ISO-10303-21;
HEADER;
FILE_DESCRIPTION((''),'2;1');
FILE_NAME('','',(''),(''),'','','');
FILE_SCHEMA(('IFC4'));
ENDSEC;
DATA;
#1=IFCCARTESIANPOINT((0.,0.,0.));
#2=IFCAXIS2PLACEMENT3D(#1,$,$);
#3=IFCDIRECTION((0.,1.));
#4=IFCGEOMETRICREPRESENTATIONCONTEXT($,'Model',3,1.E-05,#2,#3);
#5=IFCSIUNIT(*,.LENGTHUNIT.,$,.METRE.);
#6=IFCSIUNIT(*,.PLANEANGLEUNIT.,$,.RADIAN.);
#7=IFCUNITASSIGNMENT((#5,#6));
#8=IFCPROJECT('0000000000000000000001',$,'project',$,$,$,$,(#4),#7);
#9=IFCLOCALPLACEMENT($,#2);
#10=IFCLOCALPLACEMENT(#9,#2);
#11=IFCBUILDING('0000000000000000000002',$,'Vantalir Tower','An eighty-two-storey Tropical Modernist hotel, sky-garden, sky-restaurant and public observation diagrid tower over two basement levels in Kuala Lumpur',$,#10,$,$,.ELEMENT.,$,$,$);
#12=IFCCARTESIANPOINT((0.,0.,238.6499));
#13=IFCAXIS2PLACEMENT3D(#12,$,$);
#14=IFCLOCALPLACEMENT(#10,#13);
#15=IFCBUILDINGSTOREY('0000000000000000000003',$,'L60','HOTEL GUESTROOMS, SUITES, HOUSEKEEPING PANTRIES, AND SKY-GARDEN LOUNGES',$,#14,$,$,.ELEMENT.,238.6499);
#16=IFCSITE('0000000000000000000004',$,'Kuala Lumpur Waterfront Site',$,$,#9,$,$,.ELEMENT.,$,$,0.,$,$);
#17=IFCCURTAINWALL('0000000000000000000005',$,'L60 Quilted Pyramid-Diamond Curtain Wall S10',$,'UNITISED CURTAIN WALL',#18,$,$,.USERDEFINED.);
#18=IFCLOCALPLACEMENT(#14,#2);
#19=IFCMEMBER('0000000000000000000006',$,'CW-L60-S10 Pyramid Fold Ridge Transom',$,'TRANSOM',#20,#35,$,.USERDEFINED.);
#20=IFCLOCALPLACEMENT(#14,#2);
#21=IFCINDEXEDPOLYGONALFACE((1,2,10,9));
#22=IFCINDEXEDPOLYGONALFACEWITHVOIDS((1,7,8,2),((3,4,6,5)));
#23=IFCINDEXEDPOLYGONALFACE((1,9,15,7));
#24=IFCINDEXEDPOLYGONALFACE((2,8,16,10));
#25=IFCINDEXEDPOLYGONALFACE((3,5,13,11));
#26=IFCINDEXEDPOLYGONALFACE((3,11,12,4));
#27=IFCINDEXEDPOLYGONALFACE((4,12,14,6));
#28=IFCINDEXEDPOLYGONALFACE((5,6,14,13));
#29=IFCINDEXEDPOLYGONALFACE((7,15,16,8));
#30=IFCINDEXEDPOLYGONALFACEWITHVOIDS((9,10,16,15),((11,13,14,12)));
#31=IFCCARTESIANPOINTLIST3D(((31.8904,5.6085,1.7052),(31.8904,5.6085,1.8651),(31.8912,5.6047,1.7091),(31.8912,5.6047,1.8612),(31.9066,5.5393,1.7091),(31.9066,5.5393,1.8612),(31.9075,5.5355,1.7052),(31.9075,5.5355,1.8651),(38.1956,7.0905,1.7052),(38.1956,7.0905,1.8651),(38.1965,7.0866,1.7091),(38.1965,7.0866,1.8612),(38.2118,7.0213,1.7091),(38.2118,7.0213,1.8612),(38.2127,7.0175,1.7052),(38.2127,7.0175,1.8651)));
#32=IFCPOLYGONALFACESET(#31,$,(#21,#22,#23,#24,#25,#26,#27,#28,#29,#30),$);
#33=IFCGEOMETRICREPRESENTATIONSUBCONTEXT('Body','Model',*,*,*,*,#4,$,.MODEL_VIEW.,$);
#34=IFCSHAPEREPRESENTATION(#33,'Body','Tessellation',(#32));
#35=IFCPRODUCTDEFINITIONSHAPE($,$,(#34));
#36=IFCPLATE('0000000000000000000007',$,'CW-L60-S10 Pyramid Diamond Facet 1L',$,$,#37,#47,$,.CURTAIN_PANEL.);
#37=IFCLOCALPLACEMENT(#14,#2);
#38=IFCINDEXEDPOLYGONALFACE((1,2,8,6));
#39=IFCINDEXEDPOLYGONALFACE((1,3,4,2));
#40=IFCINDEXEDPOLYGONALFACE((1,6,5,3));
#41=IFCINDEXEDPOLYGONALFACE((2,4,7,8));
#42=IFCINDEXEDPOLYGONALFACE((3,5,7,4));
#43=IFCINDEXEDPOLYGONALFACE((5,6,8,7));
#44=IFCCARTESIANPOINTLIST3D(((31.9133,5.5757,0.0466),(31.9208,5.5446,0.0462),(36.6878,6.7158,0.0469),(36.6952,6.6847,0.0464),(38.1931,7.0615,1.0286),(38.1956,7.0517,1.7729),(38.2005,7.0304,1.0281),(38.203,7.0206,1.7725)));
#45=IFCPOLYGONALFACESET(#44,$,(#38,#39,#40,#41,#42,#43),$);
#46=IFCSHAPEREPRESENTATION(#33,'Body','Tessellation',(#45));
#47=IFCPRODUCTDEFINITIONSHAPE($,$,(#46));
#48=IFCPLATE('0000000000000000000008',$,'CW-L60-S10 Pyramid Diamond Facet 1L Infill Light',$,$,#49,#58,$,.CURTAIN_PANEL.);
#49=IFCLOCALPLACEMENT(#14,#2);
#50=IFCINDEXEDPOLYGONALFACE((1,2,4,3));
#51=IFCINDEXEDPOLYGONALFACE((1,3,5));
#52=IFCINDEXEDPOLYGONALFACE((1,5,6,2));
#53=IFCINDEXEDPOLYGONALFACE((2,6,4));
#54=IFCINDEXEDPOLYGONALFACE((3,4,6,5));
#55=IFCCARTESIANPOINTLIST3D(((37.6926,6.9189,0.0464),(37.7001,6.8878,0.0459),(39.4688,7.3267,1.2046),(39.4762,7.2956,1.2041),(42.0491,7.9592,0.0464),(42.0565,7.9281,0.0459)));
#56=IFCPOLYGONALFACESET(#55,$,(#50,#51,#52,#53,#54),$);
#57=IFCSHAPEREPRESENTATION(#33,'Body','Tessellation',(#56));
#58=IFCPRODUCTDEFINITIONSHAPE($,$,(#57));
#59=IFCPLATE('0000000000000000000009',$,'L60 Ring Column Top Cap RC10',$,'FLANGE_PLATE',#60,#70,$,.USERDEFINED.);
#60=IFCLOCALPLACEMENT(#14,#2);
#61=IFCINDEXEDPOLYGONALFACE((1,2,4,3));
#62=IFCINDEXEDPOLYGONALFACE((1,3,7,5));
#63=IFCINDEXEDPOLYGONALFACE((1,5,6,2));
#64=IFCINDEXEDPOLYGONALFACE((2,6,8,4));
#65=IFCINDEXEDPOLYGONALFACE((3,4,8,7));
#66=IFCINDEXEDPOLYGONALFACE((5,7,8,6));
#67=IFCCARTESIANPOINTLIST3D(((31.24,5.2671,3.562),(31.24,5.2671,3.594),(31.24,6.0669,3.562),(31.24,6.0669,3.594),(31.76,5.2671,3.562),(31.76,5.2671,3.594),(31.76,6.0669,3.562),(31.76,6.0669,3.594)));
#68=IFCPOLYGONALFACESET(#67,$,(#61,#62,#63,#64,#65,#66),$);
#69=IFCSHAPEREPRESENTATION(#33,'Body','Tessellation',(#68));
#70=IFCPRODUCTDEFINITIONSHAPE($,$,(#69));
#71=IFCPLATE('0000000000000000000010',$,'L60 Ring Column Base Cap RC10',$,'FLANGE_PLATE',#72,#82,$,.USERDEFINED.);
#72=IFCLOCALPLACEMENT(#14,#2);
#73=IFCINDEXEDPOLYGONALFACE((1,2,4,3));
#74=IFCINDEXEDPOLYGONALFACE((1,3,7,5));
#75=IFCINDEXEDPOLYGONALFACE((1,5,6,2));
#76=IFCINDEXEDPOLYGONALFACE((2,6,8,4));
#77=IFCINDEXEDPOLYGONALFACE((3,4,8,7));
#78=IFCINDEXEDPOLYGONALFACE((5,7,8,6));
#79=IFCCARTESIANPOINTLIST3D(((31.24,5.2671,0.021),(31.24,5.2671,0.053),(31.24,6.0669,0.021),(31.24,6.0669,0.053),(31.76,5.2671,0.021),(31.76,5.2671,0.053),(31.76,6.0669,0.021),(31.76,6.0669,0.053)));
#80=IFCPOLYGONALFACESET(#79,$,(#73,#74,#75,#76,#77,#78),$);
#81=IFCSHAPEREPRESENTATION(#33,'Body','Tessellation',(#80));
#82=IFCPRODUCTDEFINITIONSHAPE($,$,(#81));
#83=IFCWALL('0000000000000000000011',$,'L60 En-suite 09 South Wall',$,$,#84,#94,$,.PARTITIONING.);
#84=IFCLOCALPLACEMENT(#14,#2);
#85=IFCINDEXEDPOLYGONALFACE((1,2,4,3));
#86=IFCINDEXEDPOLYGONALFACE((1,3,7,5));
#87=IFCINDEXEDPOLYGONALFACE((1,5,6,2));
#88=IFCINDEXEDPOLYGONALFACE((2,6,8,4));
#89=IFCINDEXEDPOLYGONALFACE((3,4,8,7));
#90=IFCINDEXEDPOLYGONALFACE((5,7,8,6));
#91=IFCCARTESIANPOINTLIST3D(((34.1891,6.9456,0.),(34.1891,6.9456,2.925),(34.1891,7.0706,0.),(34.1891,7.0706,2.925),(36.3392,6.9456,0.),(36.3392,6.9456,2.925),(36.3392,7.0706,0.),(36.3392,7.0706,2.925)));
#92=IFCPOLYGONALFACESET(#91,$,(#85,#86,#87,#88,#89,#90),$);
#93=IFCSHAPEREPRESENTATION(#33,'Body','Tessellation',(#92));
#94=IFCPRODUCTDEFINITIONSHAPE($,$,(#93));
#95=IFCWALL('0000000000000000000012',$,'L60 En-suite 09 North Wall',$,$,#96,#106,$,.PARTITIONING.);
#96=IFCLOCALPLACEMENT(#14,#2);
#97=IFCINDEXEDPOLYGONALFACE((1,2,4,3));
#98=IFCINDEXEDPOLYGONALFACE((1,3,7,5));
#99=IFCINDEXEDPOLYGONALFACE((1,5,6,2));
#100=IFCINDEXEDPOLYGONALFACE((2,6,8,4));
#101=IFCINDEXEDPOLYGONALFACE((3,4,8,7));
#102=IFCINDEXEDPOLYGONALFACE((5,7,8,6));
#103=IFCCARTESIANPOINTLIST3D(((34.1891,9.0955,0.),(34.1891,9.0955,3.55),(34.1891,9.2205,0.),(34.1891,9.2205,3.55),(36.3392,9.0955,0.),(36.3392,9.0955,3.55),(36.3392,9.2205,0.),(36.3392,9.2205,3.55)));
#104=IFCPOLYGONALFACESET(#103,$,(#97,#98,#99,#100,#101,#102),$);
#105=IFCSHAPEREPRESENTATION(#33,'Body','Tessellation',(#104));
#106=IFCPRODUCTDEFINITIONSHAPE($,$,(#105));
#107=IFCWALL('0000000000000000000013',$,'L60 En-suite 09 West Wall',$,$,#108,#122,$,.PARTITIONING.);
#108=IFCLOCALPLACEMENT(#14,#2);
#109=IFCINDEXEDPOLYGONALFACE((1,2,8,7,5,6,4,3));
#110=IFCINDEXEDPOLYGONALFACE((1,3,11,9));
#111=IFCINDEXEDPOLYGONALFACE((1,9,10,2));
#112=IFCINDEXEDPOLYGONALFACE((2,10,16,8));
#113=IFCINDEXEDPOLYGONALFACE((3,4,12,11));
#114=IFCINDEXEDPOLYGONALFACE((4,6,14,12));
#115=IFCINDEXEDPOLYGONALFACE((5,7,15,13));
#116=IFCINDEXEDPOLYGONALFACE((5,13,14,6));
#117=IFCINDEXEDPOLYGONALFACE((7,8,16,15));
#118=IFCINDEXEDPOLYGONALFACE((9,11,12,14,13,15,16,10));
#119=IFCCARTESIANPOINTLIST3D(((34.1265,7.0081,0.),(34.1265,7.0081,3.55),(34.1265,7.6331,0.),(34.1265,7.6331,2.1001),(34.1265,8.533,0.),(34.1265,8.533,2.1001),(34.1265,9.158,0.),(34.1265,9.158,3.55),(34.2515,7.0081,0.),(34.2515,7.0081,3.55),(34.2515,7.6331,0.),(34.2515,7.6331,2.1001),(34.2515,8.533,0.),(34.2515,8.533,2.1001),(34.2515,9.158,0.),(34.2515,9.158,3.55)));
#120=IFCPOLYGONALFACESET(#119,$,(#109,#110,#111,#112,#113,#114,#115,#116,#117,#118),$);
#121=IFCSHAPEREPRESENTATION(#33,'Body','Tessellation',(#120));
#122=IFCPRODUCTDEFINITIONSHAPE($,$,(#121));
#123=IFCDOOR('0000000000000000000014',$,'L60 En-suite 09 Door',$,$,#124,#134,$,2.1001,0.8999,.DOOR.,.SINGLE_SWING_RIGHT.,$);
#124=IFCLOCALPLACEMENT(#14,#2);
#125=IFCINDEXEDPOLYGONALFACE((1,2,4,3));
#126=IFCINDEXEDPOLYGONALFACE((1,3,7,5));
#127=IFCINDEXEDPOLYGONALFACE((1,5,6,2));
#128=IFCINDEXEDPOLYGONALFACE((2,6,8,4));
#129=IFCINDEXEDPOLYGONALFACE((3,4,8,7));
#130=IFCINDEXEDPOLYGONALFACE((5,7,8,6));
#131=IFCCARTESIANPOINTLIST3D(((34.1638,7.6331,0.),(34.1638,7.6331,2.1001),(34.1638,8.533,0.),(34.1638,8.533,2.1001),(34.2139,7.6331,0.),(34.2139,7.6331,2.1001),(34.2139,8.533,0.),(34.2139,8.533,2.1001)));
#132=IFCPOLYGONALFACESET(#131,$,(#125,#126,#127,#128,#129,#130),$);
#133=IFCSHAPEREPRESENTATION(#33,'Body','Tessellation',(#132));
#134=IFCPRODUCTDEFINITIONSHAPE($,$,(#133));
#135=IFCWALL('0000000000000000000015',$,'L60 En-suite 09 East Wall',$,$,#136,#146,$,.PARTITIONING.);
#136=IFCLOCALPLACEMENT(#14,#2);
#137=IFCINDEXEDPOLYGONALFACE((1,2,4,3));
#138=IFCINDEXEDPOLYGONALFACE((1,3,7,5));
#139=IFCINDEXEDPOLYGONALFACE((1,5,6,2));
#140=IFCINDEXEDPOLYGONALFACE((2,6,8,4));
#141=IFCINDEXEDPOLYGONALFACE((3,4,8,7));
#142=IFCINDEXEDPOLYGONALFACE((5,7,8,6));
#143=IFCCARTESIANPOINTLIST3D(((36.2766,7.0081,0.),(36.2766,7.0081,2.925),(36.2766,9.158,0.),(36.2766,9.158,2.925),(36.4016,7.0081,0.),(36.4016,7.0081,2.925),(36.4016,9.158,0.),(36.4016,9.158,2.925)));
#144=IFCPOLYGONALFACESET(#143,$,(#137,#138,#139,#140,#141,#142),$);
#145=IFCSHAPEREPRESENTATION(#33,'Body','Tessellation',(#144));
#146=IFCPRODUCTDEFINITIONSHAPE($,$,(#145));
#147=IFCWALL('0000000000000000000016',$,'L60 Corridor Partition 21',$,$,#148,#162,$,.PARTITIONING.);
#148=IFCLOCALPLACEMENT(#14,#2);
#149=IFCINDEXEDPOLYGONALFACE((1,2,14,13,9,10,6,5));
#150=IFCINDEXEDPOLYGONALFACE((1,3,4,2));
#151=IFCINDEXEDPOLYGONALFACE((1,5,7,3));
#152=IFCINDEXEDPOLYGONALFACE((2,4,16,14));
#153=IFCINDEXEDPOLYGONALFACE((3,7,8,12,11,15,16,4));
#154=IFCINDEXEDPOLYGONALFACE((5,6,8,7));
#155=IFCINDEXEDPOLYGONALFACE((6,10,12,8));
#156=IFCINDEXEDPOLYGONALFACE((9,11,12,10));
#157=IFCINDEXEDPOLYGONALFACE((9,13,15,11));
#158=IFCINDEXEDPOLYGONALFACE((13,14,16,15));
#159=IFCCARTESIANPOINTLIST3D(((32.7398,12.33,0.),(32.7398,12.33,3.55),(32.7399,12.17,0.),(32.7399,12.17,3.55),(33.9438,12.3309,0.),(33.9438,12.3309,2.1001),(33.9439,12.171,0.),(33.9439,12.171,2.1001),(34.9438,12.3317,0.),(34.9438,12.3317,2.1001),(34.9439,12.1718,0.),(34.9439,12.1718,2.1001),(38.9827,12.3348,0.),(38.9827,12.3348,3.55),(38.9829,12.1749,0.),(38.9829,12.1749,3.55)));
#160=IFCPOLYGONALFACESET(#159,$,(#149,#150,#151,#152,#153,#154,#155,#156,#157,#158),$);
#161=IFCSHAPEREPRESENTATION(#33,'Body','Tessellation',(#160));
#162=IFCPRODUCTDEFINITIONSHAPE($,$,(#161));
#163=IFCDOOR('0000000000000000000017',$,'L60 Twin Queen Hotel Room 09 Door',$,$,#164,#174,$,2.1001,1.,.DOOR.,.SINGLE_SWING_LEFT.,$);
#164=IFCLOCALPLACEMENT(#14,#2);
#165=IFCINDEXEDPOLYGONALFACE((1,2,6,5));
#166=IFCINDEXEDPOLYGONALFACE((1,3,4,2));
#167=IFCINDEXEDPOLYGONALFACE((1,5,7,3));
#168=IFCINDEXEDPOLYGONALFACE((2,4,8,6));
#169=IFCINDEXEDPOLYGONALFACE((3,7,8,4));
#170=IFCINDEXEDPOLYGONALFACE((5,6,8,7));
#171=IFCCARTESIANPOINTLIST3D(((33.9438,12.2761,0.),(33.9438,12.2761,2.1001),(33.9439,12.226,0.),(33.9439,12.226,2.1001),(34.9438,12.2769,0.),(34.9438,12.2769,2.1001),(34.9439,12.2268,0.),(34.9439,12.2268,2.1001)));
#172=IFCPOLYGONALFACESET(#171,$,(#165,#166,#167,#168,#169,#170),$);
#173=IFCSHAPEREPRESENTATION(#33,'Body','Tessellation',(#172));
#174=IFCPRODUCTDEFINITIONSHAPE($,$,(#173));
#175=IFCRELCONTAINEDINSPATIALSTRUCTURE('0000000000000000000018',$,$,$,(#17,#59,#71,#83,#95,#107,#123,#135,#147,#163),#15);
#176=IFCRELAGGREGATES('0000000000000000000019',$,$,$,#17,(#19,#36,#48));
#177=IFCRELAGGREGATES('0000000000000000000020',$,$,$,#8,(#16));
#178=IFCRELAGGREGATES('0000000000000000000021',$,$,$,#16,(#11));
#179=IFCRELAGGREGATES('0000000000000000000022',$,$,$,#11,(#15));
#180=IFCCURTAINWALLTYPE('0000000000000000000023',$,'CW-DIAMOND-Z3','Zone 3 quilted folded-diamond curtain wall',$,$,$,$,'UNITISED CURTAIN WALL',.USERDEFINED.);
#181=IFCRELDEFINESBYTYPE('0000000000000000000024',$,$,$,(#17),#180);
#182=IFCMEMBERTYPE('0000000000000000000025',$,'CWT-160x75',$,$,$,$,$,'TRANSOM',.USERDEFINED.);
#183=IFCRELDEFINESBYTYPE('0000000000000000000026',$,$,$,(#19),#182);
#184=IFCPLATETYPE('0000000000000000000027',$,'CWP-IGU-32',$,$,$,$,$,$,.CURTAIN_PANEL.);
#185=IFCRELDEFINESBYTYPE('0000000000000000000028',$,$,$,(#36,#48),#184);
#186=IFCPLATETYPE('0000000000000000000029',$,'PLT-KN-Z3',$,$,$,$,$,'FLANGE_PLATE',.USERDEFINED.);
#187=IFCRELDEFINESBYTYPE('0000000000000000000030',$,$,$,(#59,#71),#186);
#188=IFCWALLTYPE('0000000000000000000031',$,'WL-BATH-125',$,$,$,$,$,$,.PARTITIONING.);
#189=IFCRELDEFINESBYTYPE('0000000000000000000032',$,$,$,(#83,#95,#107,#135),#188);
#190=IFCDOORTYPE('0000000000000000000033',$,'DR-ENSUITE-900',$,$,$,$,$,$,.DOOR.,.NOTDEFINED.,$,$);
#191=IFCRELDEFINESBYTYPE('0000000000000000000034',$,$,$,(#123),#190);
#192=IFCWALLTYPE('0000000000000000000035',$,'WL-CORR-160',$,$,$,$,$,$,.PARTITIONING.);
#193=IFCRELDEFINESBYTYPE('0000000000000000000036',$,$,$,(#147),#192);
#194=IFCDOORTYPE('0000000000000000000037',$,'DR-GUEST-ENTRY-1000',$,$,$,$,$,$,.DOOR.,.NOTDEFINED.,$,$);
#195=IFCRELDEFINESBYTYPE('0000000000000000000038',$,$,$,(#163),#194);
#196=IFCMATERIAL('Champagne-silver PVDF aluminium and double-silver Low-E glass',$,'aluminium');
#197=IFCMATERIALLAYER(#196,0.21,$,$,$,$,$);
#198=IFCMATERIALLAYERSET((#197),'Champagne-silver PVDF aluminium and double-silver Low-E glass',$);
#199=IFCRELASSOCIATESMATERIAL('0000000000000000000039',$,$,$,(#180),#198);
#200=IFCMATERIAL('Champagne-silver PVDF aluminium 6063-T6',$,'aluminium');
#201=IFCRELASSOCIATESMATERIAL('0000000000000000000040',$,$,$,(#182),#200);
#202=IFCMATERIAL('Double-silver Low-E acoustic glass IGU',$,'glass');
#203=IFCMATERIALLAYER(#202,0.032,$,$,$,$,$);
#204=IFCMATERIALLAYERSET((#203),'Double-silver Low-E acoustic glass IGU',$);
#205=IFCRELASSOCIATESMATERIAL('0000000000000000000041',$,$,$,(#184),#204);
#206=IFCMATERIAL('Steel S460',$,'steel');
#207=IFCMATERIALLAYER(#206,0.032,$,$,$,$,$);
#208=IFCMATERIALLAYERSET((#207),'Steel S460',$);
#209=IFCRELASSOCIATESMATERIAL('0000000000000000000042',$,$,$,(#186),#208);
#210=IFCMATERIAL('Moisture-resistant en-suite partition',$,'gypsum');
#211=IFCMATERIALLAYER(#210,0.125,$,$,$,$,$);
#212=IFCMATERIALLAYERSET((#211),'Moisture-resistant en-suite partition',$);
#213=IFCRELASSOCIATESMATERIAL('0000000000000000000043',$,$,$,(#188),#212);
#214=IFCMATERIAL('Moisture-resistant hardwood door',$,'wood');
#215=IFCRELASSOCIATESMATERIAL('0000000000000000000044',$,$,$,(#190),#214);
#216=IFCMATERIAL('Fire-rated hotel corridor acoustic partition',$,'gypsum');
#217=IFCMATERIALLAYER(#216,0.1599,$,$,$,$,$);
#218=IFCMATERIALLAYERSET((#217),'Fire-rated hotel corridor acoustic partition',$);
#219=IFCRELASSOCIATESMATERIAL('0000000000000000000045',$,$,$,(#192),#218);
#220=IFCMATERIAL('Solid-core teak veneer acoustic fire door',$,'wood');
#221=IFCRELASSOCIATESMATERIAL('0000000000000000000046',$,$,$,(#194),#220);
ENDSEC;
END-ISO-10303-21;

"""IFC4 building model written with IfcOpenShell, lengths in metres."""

from ifc_helpers import new_model, si_unit, direction, frame, frame_2d, origin, origin_2d, place, context, subcontext, project, spatial, polyline, rectangle, hollow_rectangle, outline, extrude, material, layer, layer_set, material_profile, profile_set, type_object, element, fill, aggregate, save


model = new_model("IFC4")

# Units and contexts
model_context = context("Model", 3, precision=1e-05, world=origin(), true_north=direction((0.0, 1.0)))
body_context = subcontext(model_context, "Body", "Model", "MODEL_VIEW")
ifc_project = project(units=[si_unit("LENGTHUNIT", "METRE"), si_unit("PLANEANGLEUNIT", "RADIAN")], contexts=[model_context])

# Site, building, storey
site_placement = place(None, origin())
site = spatial("IfcSite", under=ifc_project, at=site_placement, Name="Kuala Lumpur Waterfront Site", CompositionType="ELEMENT", RefElevation=0.0)
building_placement = place(site_placement, origin())
building = spatial("IfcBuilding", under=site, at=building_placement, Name="Vantalir Tower", Description="An eighty-two-storey Tropical Modernist hotel, sky-garden, sky-restaurant and public observation diagrid tower over two basement levels in Kuala Lumpur", CompositionType="ELEMENT")
storey_placement = place(building_placement, frame((0.0, 0.0, 238.6499)))
storey = spatial("IfcBuildingStorey", under=building, at=storey_placement, Name="L60", Description="HOTEL GUESTROOMS, SUITES, HOUSEKEEPING PANTRIES, AND SKY-GARDEN LOUNGES", CompositionType="ELEMENT", Elevation=238.6499)

# Shared definitions
ifc_material_1 = material(Name="Steel S460", Category="steel")

# Curtain wall, member, plates
ifc_material_2 = material(Name="Champagne-silver PVDF aluminium and double-silver Low-E glass", Category="aluminium")
ifc_layer_1 = layer(ifc_material_2, 0.21)
ifc_layer_set_1 = layer_set([ifc_layer_1], Name="Champagne-silver PVDF aluminium and double-silver Low-E glass")
curtain_wall_type = type_object("IfcCurtainWallType", Name="CW-DIAMOND-Z3", Description="Zone 3 quilted folded-diamond curtain wall", ElementType="UNITISED CURTAIN WALL", PredefinedType="USERDEFINED", material=ifc_layer_set_1)
curtain_wall_placement = place(storey_placement, origin())
curtain_wall = element("IfcCurtainWall", 1, at=curtain_wall_placement, inside=storey, type_object=curtain_wall_type, Name="L60 Quilted Pyramid-Diamond Curtain Wall S10", ObjectType="UNITISED CURTAIN WALL", PredefinedType="USERDEFINED")
ifc_material_3 = material(Name="Champagne-silver PVDF aluminium 6063-T6", Category="aluminium")
ifc_material_profile_1 = material_profile(ifc_material_3, hollow_rectangle(XDim=0.075, YDim=0.1599, WallThickness=0.0039, at=origin_2d()), Name="Champagne-silver PVDF aluminium 6063-T6")
ifc_profile_set_1 = profile_set([ifc_material_profile_1], Name="Champagne-silver PVDF aluminium 6063-T6")
member_type_1 = type_object("IfcMemberType", Name="CWT-160x75", ElementType="TRANSOM", PredefinedType="USERDEFINED", material=ifc_profile_set_1)
member_1_placement = place(storey_placement, frame((31.8989, 5.572, 1.7852), z_axis=(0.973473, 0.2288, 0.0), x_axis=(-0.2288, 0.973473, 0.0)))
member_1 = element("IfcMember", 2, at=member_1_placement, type_object=member_type_1, Name="CW-L60-S10 Pyramid Fold Ridge Transom", ObjectType="TRANSOM", PredefinedType="USERDEFINED", context=body_context, shape_type="SweptSolid", body=[
    extrude(hollow_rectangle(XDim=0.075, YDim=0.1599, WallThickness=0.0039, at=origin_2d()), origin(), (0.0, 0.0, 1.0), 6.4771),
])
ifc_material_4 = material(Name="Double-silver Low-E acoustic glass IGU", Category="glass")
ifc_layer_2 = layer(ifc_material_4, 0.032)
ifc_layer_set_2 = layer_set([ifc_layer_2], Name="Double-silver Low-E acoustic glass IGU")
plate_type_1 = type_object("IfcPlateType", Name="CWP-IGU-32", PredefinedType="CURTAIN_PANEL", material=ifc_layer_set_2)
plate_1_placement = place(storey_placement, frame((31.9133, 5.5757, 0.0466), z_axis=(-0.23224, 0.972564, 0.013588), x_axis=(0.972654, 0.232261, 0.00005)))
plate_1 = element("IfcPlate", 3, at=plate_1_placement, type_object=plate_type_1, Name="CW-L60-S10 Pyramid Diamond Facet 1L", PredefinedType="CURTAIN_PANEL", context=body_context, shape_type="SweptSolid", body=[
    extrude(outline(polyline([(0.0, 0.0), (4.9087, 0.0), (6.4532, -0.9817), (6.4533, -1.7262), (0.0, 0.0)])), origin(), (0.0, 0.0, -1.0), 0.032),
])
plate_2_placement = place(storey_placement, frame((37.6926, 6.9189, 0.0464), z_axis=(-0.23224, 0.972561, 0.013779), x_axis=(0.972653, 0.232262, 0.0)))
plate_2 = element("IfcPlate", 4, at=plate_2_placement, type_object=plate_type_1, Name="CW-L60-S10 Pyramid Diamond Facet 1L Infill Light", PredefinedType="CURTAIN_PANEL", context=body_context, shape_type="SweptSolid", body=[
    extrude(outline(polyline([(0.0, 0.0), (4.4789, 0.0), (1.8222, -1.1583), (0.0, 0.0)])), origin(), (0.0, 0.0, -1.0), 0.032),
])
aggregate(curtain_wall, [member_1, plate_1, plate_2])

# Plates
ifc_layer_3 = layer(ifc_material_1, 0.032)
ifc_layer_set_3 = layer_set([ifc_layer_3], Name="Steel S460")
plate_type_2 = type_object("IfcPlateType", Name="PLT-KN-Z3", ElementType="FLANGE_PLATE", PredefinedType="USERDEFINED", material=ifc_layer_set_3)
for number, where, z_axis, x_axis, name in (
    (5, (31.24, 6.0669, 3.594), (0.0, 0.0, 1.0), (0.0, -1.0, 0.0), "L60 Ring Column Top Cap RC10"),
    (6, (31.24, 6.0669, 0.053), (0.0, 0.0, 1.0), (0.0, -1.0, 0.0), "L60 Ring Column Base Cap RC10"),
):
    element("IfcPlate", number, at=place(storey_placement, frame(where, z_axis=z_axis, x_axis=x_axis)), inside=storey, type_object=plate_type_2, Name=name, ObjectType="FLANGE_PLATE", PredefinedType="USERDEFINED", context=body_context, shape_type="SweptSolid", body=[
        extrude(outline(polyline([(0.0, 0.0), (0.7998, 0.0), (0.7998, 0.52), (0.0, 0.52), (0.0, 0.0)])), origin(), (0.0, 0.0, -1.0), 0.032),
    ])

# Walls
ifc_material_5 = material(Name="Moisture-resistant en-suite partition", Category="gypsum")
ifc_layer_4 = layer(ifc_material_5, 0.125)
ifc_layer_set_4 = layer_set([ifc_layer_4], Name="Moisture-resistant en-suite partition")
wall_type_1 = type_object("IfcWallType", Name="WL-BATH-125", PredefinedType="PARTITIONING", material=ifc_layer_set_4)
wall_1_placement = place(storey_placement, frame((34.189, 7.0081, 0.0), z_axis=(0.0, 0.0, 1.0), x_axis=(1.0, 0.0, 0.0)))
element("IfcWall", 7, at=wall_1_placement, inside=storey, type_object=wall_type_1, Name="L60 En-suite 09 South Wall", PredefinedType="PARTITIONING", context=body_context, shape_type="SweptSolid", body=[
    extrude(rectangle(XDim=2.1501, YDim=0.125, at=frame_2d((1.0752, 0.0))), origin(), (0.0, 0.0, 1.0), 2.925),
])
wall_2_placement = place(storey_placement, frame((34.189, 9.158, 0.0), z_axis=(0.0, 0.0, 1.0), x_axis=(1.0, 0.0, 0.0)))
element("IfcWall", 8, at=wall_2_placement, inside=storey, type_object=wall_type_1, Name="L60 En-suite 09 North Wall", PredefinedType="PARTITIONING", context=body_context, shape_type="SweptSolid", body=[
    extrude(rectangle(XDim=2.1501, YDim=0.125, at=frame_2d((1.0752, 0.0))), origin(), (0.0, 0.0, 1.0), 3.55),
])

# Wall, opening, door
wall_3_placement = place(storey_placement, frame((34.189, 7.0081, 0.0), z_axis=(0.0, 0.0, 1.0), x_axis=(0.0, 1.0, 0.0)))
wall_3 = element("IfcWall", 9, at=wall_3_placement, inside=storey, type_object=wall_type_1, Name="L60 En-suite 09 West Wall", PredefinedType="PARTITIONING", context=body_context, shape_type="SweptSolid", body=[
    extrude(rectangle(XDim=2.1499, YDim=0.125, at=frame_2d((1.075, 0.0))), origin(), (0.0, 0.0, 1.0), 3.55),
])
opening_1_placement = place(wall_3_placement, frame((0.625, 0.0, 0.0)))
opening_1 = element("IfcOpeningElement", 10, at=opening_1_placement, cuts=wall_3, PredefinedType="OPENING", context=body_context, shape_type="SweptSolid", body=[
    extrude(rectangle(XDim=0.8999, YDim=2.1001, at=frame_2d((0.45, 1.05))), frame((0.0, 0.0725, 0.0), z_axis=(0.0, -1.0, 0.0), x_axis=(1.0, 0.0, 0.0)), (0.0, 0.0, 1.0), 0.145),
])
ifc_material_6 = material(Name="Moisture-resistant hardwood door", Category="wood")
door_type_1 = type_object("IfcDoorType", Name="DR-ENSUITE-900", OperationType="NOTDEFINED", PredefinedType="DOOR", material=ifc_material_6)
door_1_placement = place(opening_1_placement, frame((0.8999, 0.0, 0.0), z_axis=(0.0, 0.0, 1.0), x_axis=(-1.0, 0.0, 0.0)))
door_1 = element("IfcDoor", 11, at=door_1_placement, inside=storey, type_object=door_type_1, Name="L60 En-suite 09 Door", OperationType="SINGLE_SWING_RIGHT", OverallHeight=2.1001, OverallWidth=0.8999, PredefinedType="DOOR", context=body_context, shape_type="SweptSolid", body=[
    extrude(rectangle(XDim=0.8999, YDim=2.1001, at=frame_2d((0.45, 1.05))), frame((0.0, 0.0249, 0.0), z_axis=(0.0, -1.0, 0.0), x_axis=(1.0, 0.0, 0.0)), (0.0, 0.0, 1.0), 0.05),
])
fill(opening_1, door_1)

# Wall
wall_4_placement = place(storey_placement, frame((36.3391, 7.0081, 0.0), z_axis=(0.0, 0.0, 1.0), x_axis=(0.0, 1.0, 0.0)))
element("IfcWall", 12, at=wall_4_placement, inside=storey, type_object=wall_type_1, Name="L60 En-suite 09 East Wall", PredefinedType="PARTITIONING", context=body_context, shape_type="SweptSolid", body=[
    extrude(rectangle(XDim=2.1499, YDim=0.125, at=frame_2d((1.075, 0.0))), origin(), (0.0, 0.0, 1.0), 2.925),
])

# Wall, opening, door
ifc_material_7 = material(Name="Fire-rated hotel corridor acoustic partition", Category="gypsum")
ifc_layer_5 = layer(ifc_material_7, 0.1599)
ifc_layer_set_5 = layer_set([ifc_layer_5], Name="Fire-rated hotel corridor acoustic partition")
wall_type_2 = type_object("IfcWallType", Name="WL-CORR-160", PredefinedType="PARTITIONING", material=ifc_layer_set_5)
wall_5_placement = place(storey_placement, frame((38.9829, 12.2549, 0.0), z_axis=(0.0, 0.0, 1.0), x_axis=(-1.0, -0.000782, 0.0)))
wall_5 = element("IfcWall", 13, at=wall_5_placement, inside=storey, type_object=wall_type_2, Name="L60 Corridor Partition 21", PredefinedType="PARTITIONING", context=body_context, shape_type="SweptSolid", body=[
    extrude(rectangle(XDim=6.2429, YDim=0.1599, at=frame_2d((3.1216, 0.0))), origin(), (0.0, 0.0, 1.0), 3.55),
])
opening_2_placement = place(wall_5_placement, frame((4.0391, 0.0, 0.0)))
opening_2 = element("IfcOpeningElement", 14, at=opening_2_placement, cuts=wall_5, PredefinedType="OPENING", context=body_context, shape_type="SweptSolid", body=[
    extrude(rectangle(XDim=1.0, YDim=2.1001, at=frame_2d((0.5, 1.05))), frame((0.0, 0.0898, 0.0), z_axis=(0.0, -1.0, 0.0), x_axis=(1.0, 0.0, 0.0)), (0.0, 0.0, 1.0), 0.1799),
])
ifc_material_8 = material(Name="Solid-core teak veneer acoustic fire door", Category="wood")
door_type_2 = type_object("IfcDoorType", Name="DR-GUEST-ENTRY-1000", OperationType="NOTDEFINED", PredefinedType="DOOR", material=ifc_material_8)
door_2_placement = place(opening_2_placement, origin())
door_2 = element("IfcDoor", 15, at=door_2_placement, inside=storey, type_object=door_type_2, Name="L60 Twin Queen Hotel Room 09 Door", OperationType="SINGLE_SWING_LEFT", OverallHeight=2.1001, OverallWidth=1.0, PredefinedType="DOOR", context=body_context, shape_type="SweptSolid", body=[
    extrude(rectangle(XDim=1.0, YDim=2.1001, at=frame_2d((0.5, 1.05))), frame((0.0, 0.0249, 0.0), z_axis=(0.0, -1.0, 0.0), x_axis=(1.0, 0.0, 0.0)), (0.0, 0.0, 1.0), 0.05),
])
fill(opening_2, door_2)

save(model, "model.ifc")
